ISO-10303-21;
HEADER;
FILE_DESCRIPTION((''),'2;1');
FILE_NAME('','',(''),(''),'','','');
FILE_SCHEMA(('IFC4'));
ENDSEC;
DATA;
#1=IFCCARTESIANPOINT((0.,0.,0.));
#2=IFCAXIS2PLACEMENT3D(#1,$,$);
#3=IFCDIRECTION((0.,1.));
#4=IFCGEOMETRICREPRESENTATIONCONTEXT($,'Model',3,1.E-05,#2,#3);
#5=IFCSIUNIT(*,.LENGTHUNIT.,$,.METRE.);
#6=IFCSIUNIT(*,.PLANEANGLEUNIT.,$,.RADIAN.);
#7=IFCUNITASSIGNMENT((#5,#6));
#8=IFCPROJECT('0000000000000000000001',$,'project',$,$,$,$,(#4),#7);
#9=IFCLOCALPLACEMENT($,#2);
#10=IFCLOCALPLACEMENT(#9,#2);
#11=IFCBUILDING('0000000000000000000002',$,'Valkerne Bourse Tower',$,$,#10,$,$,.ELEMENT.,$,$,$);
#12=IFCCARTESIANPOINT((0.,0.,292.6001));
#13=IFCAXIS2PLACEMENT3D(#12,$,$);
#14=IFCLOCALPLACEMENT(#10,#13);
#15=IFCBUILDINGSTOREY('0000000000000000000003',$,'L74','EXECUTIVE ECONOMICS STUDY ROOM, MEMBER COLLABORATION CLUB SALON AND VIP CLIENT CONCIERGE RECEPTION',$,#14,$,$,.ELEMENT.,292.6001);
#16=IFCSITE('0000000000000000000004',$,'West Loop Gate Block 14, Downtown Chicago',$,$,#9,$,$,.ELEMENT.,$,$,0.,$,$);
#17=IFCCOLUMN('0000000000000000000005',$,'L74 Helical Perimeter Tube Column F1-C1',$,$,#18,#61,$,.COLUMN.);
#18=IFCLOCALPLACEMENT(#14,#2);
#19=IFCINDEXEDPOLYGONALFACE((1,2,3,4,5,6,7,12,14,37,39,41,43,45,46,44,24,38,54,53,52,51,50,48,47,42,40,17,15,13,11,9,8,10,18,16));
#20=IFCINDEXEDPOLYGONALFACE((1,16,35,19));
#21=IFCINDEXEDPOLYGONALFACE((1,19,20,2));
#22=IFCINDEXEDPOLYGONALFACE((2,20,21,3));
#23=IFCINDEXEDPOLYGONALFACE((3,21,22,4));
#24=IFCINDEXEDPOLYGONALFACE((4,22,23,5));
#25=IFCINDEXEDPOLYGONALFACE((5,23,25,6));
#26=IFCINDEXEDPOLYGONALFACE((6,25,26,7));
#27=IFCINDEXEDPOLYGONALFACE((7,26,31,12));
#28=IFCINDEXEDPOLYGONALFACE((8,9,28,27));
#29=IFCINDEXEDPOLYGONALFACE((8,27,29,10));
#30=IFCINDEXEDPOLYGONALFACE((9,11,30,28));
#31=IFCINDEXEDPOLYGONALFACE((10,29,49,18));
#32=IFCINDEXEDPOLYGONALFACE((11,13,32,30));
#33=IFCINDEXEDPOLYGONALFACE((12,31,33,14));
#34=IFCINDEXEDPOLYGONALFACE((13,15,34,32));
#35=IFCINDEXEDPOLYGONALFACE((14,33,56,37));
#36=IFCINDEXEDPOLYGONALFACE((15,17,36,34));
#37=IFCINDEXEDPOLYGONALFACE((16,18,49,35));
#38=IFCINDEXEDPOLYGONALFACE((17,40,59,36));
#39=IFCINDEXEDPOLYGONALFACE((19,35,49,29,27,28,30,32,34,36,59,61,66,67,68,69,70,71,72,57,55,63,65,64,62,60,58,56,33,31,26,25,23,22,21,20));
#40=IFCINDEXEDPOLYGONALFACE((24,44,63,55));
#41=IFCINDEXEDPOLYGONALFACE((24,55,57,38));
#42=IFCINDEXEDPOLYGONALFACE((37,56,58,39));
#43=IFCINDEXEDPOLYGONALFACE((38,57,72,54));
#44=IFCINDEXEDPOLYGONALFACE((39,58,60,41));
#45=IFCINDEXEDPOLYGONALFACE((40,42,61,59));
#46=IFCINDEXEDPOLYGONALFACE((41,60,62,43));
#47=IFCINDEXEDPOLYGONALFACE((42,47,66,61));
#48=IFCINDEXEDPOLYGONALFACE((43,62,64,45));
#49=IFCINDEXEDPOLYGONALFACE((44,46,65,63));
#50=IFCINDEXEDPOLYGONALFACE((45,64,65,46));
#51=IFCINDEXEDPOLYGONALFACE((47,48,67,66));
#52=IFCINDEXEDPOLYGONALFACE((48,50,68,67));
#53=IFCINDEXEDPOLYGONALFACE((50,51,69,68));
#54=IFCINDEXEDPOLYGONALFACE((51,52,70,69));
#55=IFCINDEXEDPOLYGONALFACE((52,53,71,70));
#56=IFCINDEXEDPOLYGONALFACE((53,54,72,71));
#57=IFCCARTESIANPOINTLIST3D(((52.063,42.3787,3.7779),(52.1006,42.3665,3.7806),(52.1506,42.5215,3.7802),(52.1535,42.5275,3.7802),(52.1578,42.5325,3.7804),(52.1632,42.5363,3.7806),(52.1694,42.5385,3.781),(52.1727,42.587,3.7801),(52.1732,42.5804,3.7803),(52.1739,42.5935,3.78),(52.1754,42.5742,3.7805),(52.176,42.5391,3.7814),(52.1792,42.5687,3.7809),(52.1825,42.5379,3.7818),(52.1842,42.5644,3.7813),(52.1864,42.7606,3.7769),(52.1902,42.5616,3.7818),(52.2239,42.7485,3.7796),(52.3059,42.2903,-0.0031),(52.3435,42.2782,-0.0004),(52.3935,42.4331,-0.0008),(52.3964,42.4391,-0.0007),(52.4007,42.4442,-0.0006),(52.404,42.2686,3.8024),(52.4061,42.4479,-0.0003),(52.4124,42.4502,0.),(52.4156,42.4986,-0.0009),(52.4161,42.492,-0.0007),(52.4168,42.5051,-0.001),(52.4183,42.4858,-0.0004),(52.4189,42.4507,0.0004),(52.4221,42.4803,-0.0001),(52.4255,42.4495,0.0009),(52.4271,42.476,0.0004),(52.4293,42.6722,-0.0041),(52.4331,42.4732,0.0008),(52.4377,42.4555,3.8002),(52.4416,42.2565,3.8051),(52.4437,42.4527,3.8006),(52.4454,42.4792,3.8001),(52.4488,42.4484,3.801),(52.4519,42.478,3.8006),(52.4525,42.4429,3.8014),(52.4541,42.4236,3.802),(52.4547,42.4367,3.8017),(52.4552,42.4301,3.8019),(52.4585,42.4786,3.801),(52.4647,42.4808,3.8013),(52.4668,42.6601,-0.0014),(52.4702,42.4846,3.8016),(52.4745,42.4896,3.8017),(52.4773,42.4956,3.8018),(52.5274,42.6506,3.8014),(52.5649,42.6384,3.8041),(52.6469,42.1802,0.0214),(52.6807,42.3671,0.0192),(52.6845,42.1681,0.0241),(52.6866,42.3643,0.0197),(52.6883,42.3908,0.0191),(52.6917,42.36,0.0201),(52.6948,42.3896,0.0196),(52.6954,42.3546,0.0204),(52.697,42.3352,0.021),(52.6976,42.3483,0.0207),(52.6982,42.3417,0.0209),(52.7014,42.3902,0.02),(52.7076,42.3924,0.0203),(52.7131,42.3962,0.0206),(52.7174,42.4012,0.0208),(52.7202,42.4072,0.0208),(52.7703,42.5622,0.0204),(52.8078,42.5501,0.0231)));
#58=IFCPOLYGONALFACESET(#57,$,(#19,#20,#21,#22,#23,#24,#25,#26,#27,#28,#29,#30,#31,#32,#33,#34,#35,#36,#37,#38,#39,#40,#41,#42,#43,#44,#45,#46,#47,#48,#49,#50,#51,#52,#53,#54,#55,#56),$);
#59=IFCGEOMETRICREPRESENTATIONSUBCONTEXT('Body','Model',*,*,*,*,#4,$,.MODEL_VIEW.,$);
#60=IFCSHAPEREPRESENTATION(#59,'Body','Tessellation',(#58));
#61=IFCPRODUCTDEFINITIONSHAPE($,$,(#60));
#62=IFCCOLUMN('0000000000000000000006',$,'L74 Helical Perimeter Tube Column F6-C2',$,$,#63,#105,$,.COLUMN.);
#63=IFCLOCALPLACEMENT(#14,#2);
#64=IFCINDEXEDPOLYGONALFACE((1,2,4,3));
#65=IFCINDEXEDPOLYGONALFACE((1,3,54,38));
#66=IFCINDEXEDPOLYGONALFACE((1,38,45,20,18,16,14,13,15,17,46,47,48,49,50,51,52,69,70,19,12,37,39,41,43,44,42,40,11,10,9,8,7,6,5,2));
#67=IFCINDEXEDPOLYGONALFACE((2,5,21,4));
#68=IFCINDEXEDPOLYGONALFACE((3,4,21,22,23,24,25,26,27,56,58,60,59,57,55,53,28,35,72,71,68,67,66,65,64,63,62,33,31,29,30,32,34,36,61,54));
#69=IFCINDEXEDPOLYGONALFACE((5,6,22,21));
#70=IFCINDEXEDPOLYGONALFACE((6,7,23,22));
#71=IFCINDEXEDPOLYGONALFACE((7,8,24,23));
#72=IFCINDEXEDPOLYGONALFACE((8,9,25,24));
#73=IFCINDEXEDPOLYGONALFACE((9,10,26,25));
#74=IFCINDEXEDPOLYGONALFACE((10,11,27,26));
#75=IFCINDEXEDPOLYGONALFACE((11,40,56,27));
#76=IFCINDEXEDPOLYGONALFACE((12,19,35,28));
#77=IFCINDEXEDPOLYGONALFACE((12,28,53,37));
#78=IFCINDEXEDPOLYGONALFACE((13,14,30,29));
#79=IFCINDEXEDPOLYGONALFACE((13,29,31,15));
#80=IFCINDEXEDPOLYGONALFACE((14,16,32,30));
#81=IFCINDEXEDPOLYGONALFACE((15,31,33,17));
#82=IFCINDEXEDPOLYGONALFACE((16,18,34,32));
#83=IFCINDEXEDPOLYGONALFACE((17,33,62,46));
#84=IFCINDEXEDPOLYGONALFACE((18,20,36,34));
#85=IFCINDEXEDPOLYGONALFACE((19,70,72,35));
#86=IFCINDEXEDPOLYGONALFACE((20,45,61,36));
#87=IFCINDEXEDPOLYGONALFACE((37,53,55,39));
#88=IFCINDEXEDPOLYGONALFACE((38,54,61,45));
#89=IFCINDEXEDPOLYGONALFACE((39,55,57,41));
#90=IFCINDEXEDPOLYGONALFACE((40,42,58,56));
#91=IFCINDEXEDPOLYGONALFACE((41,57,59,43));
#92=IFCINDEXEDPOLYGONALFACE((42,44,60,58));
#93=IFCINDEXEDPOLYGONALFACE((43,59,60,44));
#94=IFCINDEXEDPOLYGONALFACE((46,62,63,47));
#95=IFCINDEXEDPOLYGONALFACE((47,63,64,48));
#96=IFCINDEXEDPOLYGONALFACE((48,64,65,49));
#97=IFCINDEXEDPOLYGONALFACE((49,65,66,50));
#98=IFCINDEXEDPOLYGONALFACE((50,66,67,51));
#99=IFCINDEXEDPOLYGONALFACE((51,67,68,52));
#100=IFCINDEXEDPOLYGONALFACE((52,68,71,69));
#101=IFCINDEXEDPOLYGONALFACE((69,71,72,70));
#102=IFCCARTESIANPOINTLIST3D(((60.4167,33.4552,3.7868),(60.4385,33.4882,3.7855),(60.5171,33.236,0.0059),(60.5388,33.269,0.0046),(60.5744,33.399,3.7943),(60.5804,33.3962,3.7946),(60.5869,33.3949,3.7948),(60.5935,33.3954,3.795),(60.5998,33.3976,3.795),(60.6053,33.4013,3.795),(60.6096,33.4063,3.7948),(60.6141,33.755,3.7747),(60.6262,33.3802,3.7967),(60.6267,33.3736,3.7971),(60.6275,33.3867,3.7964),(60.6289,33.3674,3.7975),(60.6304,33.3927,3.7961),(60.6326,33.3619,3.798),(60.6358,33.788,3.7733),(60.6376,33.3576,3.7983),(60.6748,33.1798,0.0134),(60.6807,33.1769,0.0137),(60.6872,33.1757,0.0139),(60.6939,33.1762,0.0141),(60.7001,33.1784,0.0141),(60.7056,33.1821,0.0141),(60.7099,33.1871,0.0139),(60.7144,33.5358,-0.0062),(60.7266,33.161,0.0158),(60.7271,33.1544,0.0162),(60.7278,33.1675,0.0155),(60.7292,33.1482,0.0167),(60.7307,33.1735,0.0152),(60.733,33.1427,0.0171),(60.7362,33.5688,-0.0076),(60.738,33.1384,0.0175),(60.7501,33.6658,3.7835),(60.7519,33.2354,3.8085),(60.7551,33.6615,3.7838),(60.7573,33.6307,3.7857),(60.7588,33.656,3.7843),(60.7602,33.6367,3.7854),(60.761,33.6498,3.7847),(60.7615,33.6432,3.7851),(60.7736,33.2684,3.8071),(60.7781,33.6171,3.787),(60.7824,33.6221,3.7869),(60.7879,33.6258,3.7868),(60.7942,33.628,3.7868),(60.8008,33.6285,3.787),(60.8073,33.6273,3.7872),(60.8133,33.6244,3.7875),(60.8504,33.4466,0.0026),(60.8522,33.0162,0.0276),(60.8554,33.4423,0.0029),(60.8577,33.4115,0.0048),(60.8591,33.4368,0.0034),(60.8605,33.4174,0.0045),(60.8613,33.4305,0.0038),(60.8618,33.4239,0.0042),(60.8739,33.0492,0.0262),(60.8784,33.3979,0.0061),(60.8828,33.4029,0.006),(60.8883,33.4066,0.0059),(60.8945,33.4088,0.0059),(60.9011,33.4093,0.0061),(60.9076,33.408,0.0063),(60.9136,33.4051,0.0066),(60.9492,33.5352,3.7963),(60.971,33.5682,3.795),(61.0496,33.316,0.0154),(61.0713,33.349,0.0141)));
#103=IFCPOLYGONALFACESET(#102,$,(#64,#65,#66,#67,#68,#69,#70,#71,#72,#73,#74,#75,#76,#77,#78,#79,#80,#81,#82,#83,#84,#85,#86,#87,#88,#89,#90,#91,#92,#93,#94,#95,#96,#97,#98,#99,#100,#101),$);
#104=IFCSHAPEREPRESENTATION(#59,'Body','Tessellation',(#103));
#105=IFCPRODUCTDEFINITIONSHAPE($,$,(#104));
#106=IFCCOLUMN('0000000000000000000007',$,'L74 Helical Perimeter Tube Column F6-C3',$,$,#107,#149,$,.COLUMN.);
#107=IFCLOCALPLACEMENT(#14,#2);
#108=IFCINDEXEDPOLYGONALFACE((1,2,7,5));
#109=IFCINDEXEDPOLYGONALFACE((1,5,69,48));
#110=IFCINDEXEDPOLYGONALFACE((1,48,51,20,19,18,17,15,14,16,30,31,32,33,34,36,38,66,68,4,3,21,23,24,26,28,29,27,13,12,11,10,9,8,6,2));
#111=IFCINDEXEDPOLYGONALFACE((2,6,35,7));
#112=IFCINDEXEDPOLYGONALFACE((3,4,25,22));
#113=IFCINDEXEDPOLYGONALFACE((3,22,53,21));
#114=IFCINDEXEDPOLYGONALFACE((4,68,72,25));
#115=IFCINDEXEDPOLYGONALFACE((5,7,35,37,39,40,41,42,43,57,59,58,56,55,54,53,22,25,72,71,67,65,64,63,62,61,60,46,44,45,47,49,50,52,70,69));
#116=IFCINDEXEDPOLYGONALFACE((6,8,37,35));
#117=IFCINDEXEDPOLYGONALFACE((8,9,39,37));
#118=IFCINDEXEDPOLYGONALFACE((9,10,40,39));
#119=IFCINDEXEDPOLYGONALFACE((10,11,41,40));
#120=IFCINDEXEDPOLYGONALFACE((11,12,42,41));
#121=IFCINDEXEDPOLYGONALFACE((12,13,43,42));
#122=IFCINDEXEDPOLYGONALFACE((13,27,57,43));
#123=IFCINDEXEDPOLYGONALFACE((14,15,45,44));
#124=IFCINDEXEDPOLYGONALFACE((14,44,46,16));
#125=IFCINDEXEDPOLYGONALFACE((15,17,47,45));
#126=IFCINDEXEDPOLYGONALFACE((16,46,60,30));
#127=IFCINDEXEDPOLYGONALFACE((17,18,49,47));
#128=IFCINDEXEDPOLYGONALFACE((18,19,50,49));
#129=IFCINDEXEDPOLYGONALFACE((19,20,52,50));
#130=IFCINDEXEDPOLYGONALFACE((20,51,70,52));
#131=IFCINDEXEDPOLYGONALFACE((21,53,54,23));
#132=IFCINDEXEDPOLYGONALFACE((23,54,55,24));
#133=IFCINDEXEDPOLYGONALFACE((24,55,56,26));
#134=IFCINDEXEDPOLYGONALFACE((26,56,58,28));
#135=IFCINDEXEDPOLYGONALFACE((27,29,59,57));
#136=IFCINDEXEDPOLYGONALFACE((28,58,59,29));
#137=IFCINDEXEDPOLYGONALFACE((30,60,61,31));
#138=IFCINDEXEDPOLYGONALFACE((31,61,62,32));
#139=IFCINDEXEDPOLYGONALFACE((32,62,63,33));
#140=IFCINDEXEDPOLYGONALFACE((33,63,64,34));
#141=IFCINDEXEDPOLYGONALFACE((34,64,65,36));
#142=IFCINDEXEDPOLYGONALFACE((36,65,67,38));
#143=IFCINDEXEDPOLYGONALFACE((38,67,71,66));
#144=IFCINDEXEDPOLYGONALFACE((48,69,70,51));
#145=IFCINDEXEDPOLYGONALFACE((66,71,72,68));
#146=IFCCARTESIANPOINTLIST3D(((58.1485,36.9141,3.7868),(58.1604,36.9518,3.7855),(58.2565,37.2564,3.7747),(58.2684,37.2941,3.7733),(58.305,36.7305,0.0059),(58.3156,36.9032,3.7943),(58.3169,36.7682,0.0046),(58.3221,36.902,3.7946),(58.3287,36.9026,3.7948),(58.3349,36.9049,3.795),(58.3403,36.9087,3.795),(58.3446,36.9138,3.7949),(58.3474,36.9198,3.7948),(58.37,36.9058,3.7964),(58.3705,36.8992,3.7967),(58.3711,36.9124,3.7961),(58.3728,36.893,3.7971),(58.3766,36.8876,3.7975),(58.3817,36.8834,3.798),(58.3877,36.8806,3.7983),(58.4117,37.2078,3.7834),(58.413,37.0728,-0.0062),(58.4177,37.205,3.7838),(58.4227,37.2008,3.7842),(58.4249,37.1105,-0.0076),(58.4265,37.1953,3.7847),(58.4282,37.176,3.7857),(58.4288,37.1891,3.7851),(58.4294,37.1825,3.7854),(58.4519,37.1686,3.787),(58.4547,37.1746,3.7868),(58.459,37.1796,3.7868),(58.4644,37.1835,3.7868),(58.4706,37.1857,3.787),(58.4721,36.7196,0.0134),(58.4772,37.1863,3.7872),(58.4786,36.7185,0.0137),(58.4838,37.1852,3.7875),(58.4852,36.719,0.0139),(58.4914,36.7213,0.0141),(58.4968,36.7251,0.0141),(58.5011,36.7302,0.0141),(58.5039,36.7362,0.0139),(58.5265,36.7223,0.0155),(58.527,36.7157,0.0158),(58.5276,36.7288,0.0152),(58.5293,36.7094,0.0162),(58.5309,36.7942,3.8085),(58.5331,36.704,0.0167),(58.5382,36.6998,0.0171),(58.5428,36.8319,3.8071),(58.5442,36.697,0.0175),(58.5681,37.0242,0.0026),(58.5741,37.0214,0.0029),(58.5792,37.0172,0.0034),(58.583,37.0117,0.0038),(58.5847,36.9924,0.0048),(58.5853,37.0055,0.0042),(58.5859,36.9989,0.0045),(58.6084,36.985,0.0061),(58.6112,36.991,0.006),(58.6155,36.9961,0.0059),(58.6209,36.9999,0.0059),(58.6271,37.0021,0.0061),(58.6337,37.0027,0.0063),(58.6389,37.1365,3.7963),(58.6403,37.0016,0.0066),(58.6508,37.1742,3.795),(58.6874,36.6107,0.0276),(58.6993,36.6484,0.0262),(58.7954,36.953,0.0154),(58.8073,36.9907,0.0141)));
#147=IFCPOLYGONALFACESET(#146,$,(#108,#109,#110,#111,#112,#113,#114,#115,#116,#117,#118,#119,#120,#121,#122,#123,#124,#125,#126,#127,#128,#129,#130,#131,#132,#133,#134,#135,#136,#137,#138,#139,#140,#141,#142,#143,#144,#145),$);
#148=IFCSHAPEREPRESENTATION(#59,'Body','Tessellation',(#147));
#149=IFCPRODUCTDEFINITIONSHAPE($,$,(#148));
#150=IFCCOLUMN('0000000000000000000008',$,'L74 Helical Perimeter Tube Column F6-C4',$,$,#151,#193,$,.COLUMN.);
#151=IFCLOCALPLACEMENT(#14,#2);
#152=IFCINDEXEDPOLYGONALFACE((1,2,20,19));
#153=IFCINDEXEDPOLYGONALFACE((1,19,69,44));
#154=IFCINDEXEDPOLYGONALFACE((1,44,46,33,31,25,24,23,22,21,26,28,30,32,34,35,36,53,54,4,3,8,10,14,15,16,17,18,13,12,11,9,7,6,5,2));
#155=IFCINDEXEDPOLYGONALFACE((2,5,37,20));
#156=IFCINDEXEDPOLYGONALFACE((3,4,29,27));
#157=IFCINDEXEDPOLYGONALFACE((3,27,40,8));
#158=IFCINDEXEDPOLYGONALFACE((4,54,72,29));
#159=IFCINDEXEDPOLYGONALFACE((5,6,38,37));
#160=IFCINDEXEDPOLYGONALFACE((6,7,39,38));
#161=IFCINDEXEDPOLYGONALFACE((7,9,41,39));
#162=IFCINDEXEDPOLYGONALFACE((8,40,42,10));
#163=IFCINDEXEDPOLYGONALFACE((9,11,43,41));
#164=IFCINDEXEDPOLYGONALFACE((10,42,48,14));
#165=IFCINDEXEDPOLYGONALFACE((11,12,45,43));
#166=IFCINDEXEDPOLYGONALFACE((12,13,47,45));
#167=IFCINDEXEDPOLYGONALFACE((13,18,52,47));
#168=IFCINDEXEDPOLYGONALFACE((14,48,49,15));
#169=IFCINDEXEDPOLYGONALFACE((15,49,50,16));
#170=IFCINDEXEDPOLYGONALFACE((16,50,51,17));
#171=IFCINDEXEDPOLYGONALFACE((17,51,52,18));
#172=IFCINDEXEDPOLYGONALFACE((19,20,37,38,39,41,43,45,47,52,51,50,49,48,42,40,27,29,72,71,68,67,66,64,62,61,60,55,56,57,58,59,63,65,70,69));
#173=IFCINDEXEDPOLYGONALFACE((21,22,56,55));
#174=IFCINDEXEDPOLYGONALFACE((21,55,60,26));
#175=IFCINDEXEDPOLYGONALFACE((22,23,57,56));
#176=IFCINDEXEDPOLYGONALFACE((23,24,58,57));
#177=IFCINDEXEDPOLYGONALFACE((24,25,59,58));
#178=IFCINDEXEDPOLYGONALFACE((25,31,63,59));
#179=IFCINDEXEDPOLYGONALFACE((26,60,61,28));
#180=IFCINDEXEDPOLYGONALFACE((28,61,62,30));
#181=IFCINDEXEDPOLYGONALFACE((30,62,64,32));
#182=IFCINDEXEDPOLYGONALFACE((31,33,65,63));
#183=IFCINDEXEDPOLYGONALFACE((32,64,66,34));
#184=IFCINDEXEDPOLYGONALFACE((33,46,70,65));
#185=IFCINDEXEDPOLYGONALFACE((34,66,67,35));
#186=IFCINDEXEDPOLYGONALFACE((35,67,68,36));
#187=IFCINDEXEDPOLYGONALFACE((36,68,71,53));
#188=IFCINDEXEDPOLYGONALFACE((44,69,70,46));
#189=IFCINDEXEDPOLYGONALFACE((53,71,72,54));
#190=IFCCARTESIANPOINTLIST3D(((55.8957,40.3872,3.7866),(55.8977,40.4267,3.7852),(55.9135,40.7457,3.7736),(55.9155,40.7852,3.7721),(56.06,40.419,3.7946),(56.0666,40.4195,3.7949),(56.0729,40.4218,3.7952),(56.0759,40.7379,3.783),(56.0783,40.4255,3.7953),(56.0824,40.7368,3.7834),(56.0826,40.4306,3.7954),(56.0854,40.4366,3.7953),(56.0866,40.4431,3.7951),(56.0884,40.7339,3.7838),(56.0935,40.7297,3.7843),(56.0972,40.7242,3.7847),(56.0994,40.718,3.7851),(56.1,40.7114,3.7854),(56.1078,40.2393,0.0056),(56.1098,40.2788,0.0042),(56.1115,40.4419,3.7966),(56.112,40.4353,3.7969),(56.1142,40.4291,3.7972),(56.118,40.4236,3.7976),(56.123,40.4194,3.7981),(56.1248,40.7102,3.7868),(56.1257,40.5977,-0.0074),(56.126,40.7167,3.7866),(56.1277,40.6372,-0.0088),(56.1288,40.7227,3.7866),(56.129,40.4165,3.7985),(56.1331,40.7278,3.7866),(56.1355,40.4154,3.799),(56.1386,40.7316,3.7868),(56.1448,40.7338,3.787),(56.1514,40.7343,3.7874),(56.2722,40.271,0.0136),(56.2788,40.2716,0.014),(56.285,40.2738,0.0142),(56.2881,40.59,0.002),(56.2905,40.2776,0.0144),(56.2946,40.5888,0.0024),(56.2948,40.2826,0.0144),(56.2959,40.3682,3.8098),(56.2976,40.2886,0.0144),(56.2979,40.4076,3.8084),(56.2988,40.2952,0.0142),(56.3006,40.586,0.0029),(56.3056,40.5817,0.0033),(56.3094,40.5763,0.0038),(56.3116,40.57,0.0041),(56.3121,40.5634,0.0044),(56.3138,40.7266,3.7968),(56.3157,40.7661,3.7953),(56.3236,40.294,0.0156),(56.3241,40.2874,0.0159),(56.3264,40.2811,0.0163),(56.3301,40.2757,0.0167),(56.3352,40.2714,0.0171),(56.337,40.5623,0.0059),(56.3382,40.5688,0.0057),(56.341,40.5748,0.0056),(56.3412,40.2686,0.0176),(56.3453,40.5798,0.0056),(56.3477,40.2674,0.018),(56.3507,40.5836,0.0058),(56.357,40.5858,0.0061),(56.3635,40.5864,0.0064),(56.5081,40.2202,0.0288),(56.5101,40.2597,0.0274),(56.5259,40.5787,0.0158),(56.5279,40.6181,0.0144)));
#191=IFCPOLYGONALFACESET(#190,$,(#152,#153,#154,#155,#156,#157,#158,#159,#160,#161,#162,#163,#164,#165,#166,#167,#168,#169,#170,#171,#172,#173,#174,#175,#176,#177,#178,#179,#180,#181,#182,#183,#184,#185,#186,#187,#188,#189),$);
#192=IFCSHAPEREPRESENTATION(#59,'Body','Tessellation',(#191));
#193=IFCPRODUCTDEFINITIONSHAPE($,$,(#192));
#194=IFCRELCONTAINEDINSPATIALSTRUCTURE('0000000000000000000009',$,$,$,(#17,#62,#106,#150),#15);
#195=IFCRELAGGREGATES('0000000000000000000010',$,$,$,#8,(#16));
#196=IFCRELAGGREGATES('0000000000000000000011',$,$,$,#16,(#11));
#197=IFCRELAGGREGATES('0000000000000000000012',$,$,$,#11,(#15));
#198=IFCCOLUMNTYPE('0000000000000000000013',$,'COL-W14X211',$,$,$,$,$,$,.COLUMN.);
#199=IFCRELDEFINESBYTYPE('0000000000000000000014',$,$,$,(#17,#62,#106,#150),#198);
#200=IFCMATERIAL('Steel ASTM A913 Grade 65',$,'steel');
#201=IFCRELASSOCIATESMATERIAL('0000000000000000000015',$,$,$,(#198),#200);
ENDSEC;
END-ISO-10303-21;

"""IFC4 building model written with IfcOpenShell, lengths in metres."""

from ifc_helpers import new_model, si_unit, direction, frame, origin, origin_2d, place, context, subcontext, project, spatial, i_section, extrude, material, material_profile, profile_set, type_object, element, save


model = new_model("IFC4")

# Units and contexts
model_context = context("Model", 3, precision=1e-05, world=origin(), true_north=direction((0.0, 1.0)))
body_context = subcontext(model_context, "Body", "Model", "MODEL_VIEW")
ifc_project = project(units=[si_unit("LENGTHUNIT", "METRE"), si_unit("PLANEANGLEUNIT", "RADIAN")], contexts=[model_context])

# Site, building, storey
site_placement = place(None, origin())
site = spatial("IfcSite", under=ifc_project, at=site_placement, Name="West Loop Gate Block 14, Downtown Chicago", CompositionType="ELEMENT", RefElevation=0.0)
building_placement = place(site_placement, origin())
building = spatial("IfcBuilding", under=site, at=building_placement, Name="Valkerne Bourse Tower", CompositionType="ELEMENT")
storey_placement = place(building_placement, frame((0.0, 0.0, 292.6001)))
storey = spatial("IfcBuildingStorey", under=building, at=storey_placement, Name="L74", Description="EXECUTIVE ECONOMICS STUDY ROOM, MEMBER COLLABORATION CLUB SALON AND VIP CLIENT CONCIERGE RECEPTION", CompositionType="ELEMENT", Elevation=292.6001)

# Columns
ifc_material_1 = material(Name="Steel ASTM A913 Grade 65", Category="steel")
ifc_material_profile_1 = material_profile(ifc_material_1, i_section(OverallWidth=0.4014, OverallDepth=0.3987, WebThickness=0.0249, FlangeThickness=0.0396, FilletRadius=0.0254, at=origin_2d()), Name="W14X211")
ifc_profile_set_1 = profile_set([ifc_material_profile_1], Name="Steel ASTM A913 Grade 65")
column_type = type_object("IfcColumnType", Name="COL-W14X211", PredefinedType="COLUMN", material=ifc_profile_set_1)
column_1_placement = place(storey_placement, frame((52.5569, 42.4202, 0.01), z_axis=(-0.064098, 0.02332, 0.997671), x_axis=(0.30731, 0.951606, -0.002499)))
element("IfcColumn", 1, at=column_1_placement, inside=storey, type_object=column_type, Name="L74 Helical Perimeter Tube Column F1-C1", PredefinedType="COLUMN", context=body_context, shape_type="SweptSolid", body=[
    extrude(i_section(OverallWidth=0.4014, OverallDepth=0.3987, WebThickness=0.0249, FlangeThickness=0.0396, FilletRadius=0.0254, at=origin_2d()), origin(), (0.0, 0.0, 1.0), 3.7898),
])
for number, where, z_axis, x_axis, name in (
    (2, (60.7942, 33.2925, 0.01), (-0.026485, 0.057867, 0.997973), (0.835024, -0.547566, 0.05391), "L74 Helical Perimeter Tube Column F6-C2"),
    (3, (58.5562, 36.8606, 0.01), (-0.041306, 0.048458, 0.997971), (0.952833, -0.298664, 0.05394), "L74 Helical Perimeter Tube Column F6-C3"),
):
    element("IfcColumn", number, at=place(storey_placement, frame(where, z_axis=z_axis, x_axis=x_axis)), inside=storey, type_object=column_type, Name=name, PredefinedType="COLUMN", context=body_context, shape_type="SweptSolid", body=[
        extrude(i_section(OverallWidth=0.4014, OverallDepth=0.3987, WebThickness=0.0249, FlangeThickness=0.0396, FilletRadius=0.0254, at=origin_2d()), origin(), (0.0, 0.0, 1.0), 3.7886),
    ])
column_2_placement = place(storey_placement, frame((56.3179, 40.4287, 0.01), z_axis=(-0.055981, 0.039038, 0.997668), x_axis=(0.997194, -0.047548, 0.057815)))
element("IfcColumn", 4, at=column_2_placement, inside=storey, type_object=column_type, Name="L74 Helical Perimeter Tube Column F6-C4", PredefinedType="COLUMN", context=body_context, shape_type="SweptSolid", body=[
    extrude(i_section(OverallWidth=0.4014, OverallDepth=0.3987, WebThickness=0.0249, FlangeThickness=0.0396, FilletRadius=0.0254, at=origin_2d()), origin(), (0.0, 0.0, 1.0), 3.7898),
])

save(model, "model.ifc")
